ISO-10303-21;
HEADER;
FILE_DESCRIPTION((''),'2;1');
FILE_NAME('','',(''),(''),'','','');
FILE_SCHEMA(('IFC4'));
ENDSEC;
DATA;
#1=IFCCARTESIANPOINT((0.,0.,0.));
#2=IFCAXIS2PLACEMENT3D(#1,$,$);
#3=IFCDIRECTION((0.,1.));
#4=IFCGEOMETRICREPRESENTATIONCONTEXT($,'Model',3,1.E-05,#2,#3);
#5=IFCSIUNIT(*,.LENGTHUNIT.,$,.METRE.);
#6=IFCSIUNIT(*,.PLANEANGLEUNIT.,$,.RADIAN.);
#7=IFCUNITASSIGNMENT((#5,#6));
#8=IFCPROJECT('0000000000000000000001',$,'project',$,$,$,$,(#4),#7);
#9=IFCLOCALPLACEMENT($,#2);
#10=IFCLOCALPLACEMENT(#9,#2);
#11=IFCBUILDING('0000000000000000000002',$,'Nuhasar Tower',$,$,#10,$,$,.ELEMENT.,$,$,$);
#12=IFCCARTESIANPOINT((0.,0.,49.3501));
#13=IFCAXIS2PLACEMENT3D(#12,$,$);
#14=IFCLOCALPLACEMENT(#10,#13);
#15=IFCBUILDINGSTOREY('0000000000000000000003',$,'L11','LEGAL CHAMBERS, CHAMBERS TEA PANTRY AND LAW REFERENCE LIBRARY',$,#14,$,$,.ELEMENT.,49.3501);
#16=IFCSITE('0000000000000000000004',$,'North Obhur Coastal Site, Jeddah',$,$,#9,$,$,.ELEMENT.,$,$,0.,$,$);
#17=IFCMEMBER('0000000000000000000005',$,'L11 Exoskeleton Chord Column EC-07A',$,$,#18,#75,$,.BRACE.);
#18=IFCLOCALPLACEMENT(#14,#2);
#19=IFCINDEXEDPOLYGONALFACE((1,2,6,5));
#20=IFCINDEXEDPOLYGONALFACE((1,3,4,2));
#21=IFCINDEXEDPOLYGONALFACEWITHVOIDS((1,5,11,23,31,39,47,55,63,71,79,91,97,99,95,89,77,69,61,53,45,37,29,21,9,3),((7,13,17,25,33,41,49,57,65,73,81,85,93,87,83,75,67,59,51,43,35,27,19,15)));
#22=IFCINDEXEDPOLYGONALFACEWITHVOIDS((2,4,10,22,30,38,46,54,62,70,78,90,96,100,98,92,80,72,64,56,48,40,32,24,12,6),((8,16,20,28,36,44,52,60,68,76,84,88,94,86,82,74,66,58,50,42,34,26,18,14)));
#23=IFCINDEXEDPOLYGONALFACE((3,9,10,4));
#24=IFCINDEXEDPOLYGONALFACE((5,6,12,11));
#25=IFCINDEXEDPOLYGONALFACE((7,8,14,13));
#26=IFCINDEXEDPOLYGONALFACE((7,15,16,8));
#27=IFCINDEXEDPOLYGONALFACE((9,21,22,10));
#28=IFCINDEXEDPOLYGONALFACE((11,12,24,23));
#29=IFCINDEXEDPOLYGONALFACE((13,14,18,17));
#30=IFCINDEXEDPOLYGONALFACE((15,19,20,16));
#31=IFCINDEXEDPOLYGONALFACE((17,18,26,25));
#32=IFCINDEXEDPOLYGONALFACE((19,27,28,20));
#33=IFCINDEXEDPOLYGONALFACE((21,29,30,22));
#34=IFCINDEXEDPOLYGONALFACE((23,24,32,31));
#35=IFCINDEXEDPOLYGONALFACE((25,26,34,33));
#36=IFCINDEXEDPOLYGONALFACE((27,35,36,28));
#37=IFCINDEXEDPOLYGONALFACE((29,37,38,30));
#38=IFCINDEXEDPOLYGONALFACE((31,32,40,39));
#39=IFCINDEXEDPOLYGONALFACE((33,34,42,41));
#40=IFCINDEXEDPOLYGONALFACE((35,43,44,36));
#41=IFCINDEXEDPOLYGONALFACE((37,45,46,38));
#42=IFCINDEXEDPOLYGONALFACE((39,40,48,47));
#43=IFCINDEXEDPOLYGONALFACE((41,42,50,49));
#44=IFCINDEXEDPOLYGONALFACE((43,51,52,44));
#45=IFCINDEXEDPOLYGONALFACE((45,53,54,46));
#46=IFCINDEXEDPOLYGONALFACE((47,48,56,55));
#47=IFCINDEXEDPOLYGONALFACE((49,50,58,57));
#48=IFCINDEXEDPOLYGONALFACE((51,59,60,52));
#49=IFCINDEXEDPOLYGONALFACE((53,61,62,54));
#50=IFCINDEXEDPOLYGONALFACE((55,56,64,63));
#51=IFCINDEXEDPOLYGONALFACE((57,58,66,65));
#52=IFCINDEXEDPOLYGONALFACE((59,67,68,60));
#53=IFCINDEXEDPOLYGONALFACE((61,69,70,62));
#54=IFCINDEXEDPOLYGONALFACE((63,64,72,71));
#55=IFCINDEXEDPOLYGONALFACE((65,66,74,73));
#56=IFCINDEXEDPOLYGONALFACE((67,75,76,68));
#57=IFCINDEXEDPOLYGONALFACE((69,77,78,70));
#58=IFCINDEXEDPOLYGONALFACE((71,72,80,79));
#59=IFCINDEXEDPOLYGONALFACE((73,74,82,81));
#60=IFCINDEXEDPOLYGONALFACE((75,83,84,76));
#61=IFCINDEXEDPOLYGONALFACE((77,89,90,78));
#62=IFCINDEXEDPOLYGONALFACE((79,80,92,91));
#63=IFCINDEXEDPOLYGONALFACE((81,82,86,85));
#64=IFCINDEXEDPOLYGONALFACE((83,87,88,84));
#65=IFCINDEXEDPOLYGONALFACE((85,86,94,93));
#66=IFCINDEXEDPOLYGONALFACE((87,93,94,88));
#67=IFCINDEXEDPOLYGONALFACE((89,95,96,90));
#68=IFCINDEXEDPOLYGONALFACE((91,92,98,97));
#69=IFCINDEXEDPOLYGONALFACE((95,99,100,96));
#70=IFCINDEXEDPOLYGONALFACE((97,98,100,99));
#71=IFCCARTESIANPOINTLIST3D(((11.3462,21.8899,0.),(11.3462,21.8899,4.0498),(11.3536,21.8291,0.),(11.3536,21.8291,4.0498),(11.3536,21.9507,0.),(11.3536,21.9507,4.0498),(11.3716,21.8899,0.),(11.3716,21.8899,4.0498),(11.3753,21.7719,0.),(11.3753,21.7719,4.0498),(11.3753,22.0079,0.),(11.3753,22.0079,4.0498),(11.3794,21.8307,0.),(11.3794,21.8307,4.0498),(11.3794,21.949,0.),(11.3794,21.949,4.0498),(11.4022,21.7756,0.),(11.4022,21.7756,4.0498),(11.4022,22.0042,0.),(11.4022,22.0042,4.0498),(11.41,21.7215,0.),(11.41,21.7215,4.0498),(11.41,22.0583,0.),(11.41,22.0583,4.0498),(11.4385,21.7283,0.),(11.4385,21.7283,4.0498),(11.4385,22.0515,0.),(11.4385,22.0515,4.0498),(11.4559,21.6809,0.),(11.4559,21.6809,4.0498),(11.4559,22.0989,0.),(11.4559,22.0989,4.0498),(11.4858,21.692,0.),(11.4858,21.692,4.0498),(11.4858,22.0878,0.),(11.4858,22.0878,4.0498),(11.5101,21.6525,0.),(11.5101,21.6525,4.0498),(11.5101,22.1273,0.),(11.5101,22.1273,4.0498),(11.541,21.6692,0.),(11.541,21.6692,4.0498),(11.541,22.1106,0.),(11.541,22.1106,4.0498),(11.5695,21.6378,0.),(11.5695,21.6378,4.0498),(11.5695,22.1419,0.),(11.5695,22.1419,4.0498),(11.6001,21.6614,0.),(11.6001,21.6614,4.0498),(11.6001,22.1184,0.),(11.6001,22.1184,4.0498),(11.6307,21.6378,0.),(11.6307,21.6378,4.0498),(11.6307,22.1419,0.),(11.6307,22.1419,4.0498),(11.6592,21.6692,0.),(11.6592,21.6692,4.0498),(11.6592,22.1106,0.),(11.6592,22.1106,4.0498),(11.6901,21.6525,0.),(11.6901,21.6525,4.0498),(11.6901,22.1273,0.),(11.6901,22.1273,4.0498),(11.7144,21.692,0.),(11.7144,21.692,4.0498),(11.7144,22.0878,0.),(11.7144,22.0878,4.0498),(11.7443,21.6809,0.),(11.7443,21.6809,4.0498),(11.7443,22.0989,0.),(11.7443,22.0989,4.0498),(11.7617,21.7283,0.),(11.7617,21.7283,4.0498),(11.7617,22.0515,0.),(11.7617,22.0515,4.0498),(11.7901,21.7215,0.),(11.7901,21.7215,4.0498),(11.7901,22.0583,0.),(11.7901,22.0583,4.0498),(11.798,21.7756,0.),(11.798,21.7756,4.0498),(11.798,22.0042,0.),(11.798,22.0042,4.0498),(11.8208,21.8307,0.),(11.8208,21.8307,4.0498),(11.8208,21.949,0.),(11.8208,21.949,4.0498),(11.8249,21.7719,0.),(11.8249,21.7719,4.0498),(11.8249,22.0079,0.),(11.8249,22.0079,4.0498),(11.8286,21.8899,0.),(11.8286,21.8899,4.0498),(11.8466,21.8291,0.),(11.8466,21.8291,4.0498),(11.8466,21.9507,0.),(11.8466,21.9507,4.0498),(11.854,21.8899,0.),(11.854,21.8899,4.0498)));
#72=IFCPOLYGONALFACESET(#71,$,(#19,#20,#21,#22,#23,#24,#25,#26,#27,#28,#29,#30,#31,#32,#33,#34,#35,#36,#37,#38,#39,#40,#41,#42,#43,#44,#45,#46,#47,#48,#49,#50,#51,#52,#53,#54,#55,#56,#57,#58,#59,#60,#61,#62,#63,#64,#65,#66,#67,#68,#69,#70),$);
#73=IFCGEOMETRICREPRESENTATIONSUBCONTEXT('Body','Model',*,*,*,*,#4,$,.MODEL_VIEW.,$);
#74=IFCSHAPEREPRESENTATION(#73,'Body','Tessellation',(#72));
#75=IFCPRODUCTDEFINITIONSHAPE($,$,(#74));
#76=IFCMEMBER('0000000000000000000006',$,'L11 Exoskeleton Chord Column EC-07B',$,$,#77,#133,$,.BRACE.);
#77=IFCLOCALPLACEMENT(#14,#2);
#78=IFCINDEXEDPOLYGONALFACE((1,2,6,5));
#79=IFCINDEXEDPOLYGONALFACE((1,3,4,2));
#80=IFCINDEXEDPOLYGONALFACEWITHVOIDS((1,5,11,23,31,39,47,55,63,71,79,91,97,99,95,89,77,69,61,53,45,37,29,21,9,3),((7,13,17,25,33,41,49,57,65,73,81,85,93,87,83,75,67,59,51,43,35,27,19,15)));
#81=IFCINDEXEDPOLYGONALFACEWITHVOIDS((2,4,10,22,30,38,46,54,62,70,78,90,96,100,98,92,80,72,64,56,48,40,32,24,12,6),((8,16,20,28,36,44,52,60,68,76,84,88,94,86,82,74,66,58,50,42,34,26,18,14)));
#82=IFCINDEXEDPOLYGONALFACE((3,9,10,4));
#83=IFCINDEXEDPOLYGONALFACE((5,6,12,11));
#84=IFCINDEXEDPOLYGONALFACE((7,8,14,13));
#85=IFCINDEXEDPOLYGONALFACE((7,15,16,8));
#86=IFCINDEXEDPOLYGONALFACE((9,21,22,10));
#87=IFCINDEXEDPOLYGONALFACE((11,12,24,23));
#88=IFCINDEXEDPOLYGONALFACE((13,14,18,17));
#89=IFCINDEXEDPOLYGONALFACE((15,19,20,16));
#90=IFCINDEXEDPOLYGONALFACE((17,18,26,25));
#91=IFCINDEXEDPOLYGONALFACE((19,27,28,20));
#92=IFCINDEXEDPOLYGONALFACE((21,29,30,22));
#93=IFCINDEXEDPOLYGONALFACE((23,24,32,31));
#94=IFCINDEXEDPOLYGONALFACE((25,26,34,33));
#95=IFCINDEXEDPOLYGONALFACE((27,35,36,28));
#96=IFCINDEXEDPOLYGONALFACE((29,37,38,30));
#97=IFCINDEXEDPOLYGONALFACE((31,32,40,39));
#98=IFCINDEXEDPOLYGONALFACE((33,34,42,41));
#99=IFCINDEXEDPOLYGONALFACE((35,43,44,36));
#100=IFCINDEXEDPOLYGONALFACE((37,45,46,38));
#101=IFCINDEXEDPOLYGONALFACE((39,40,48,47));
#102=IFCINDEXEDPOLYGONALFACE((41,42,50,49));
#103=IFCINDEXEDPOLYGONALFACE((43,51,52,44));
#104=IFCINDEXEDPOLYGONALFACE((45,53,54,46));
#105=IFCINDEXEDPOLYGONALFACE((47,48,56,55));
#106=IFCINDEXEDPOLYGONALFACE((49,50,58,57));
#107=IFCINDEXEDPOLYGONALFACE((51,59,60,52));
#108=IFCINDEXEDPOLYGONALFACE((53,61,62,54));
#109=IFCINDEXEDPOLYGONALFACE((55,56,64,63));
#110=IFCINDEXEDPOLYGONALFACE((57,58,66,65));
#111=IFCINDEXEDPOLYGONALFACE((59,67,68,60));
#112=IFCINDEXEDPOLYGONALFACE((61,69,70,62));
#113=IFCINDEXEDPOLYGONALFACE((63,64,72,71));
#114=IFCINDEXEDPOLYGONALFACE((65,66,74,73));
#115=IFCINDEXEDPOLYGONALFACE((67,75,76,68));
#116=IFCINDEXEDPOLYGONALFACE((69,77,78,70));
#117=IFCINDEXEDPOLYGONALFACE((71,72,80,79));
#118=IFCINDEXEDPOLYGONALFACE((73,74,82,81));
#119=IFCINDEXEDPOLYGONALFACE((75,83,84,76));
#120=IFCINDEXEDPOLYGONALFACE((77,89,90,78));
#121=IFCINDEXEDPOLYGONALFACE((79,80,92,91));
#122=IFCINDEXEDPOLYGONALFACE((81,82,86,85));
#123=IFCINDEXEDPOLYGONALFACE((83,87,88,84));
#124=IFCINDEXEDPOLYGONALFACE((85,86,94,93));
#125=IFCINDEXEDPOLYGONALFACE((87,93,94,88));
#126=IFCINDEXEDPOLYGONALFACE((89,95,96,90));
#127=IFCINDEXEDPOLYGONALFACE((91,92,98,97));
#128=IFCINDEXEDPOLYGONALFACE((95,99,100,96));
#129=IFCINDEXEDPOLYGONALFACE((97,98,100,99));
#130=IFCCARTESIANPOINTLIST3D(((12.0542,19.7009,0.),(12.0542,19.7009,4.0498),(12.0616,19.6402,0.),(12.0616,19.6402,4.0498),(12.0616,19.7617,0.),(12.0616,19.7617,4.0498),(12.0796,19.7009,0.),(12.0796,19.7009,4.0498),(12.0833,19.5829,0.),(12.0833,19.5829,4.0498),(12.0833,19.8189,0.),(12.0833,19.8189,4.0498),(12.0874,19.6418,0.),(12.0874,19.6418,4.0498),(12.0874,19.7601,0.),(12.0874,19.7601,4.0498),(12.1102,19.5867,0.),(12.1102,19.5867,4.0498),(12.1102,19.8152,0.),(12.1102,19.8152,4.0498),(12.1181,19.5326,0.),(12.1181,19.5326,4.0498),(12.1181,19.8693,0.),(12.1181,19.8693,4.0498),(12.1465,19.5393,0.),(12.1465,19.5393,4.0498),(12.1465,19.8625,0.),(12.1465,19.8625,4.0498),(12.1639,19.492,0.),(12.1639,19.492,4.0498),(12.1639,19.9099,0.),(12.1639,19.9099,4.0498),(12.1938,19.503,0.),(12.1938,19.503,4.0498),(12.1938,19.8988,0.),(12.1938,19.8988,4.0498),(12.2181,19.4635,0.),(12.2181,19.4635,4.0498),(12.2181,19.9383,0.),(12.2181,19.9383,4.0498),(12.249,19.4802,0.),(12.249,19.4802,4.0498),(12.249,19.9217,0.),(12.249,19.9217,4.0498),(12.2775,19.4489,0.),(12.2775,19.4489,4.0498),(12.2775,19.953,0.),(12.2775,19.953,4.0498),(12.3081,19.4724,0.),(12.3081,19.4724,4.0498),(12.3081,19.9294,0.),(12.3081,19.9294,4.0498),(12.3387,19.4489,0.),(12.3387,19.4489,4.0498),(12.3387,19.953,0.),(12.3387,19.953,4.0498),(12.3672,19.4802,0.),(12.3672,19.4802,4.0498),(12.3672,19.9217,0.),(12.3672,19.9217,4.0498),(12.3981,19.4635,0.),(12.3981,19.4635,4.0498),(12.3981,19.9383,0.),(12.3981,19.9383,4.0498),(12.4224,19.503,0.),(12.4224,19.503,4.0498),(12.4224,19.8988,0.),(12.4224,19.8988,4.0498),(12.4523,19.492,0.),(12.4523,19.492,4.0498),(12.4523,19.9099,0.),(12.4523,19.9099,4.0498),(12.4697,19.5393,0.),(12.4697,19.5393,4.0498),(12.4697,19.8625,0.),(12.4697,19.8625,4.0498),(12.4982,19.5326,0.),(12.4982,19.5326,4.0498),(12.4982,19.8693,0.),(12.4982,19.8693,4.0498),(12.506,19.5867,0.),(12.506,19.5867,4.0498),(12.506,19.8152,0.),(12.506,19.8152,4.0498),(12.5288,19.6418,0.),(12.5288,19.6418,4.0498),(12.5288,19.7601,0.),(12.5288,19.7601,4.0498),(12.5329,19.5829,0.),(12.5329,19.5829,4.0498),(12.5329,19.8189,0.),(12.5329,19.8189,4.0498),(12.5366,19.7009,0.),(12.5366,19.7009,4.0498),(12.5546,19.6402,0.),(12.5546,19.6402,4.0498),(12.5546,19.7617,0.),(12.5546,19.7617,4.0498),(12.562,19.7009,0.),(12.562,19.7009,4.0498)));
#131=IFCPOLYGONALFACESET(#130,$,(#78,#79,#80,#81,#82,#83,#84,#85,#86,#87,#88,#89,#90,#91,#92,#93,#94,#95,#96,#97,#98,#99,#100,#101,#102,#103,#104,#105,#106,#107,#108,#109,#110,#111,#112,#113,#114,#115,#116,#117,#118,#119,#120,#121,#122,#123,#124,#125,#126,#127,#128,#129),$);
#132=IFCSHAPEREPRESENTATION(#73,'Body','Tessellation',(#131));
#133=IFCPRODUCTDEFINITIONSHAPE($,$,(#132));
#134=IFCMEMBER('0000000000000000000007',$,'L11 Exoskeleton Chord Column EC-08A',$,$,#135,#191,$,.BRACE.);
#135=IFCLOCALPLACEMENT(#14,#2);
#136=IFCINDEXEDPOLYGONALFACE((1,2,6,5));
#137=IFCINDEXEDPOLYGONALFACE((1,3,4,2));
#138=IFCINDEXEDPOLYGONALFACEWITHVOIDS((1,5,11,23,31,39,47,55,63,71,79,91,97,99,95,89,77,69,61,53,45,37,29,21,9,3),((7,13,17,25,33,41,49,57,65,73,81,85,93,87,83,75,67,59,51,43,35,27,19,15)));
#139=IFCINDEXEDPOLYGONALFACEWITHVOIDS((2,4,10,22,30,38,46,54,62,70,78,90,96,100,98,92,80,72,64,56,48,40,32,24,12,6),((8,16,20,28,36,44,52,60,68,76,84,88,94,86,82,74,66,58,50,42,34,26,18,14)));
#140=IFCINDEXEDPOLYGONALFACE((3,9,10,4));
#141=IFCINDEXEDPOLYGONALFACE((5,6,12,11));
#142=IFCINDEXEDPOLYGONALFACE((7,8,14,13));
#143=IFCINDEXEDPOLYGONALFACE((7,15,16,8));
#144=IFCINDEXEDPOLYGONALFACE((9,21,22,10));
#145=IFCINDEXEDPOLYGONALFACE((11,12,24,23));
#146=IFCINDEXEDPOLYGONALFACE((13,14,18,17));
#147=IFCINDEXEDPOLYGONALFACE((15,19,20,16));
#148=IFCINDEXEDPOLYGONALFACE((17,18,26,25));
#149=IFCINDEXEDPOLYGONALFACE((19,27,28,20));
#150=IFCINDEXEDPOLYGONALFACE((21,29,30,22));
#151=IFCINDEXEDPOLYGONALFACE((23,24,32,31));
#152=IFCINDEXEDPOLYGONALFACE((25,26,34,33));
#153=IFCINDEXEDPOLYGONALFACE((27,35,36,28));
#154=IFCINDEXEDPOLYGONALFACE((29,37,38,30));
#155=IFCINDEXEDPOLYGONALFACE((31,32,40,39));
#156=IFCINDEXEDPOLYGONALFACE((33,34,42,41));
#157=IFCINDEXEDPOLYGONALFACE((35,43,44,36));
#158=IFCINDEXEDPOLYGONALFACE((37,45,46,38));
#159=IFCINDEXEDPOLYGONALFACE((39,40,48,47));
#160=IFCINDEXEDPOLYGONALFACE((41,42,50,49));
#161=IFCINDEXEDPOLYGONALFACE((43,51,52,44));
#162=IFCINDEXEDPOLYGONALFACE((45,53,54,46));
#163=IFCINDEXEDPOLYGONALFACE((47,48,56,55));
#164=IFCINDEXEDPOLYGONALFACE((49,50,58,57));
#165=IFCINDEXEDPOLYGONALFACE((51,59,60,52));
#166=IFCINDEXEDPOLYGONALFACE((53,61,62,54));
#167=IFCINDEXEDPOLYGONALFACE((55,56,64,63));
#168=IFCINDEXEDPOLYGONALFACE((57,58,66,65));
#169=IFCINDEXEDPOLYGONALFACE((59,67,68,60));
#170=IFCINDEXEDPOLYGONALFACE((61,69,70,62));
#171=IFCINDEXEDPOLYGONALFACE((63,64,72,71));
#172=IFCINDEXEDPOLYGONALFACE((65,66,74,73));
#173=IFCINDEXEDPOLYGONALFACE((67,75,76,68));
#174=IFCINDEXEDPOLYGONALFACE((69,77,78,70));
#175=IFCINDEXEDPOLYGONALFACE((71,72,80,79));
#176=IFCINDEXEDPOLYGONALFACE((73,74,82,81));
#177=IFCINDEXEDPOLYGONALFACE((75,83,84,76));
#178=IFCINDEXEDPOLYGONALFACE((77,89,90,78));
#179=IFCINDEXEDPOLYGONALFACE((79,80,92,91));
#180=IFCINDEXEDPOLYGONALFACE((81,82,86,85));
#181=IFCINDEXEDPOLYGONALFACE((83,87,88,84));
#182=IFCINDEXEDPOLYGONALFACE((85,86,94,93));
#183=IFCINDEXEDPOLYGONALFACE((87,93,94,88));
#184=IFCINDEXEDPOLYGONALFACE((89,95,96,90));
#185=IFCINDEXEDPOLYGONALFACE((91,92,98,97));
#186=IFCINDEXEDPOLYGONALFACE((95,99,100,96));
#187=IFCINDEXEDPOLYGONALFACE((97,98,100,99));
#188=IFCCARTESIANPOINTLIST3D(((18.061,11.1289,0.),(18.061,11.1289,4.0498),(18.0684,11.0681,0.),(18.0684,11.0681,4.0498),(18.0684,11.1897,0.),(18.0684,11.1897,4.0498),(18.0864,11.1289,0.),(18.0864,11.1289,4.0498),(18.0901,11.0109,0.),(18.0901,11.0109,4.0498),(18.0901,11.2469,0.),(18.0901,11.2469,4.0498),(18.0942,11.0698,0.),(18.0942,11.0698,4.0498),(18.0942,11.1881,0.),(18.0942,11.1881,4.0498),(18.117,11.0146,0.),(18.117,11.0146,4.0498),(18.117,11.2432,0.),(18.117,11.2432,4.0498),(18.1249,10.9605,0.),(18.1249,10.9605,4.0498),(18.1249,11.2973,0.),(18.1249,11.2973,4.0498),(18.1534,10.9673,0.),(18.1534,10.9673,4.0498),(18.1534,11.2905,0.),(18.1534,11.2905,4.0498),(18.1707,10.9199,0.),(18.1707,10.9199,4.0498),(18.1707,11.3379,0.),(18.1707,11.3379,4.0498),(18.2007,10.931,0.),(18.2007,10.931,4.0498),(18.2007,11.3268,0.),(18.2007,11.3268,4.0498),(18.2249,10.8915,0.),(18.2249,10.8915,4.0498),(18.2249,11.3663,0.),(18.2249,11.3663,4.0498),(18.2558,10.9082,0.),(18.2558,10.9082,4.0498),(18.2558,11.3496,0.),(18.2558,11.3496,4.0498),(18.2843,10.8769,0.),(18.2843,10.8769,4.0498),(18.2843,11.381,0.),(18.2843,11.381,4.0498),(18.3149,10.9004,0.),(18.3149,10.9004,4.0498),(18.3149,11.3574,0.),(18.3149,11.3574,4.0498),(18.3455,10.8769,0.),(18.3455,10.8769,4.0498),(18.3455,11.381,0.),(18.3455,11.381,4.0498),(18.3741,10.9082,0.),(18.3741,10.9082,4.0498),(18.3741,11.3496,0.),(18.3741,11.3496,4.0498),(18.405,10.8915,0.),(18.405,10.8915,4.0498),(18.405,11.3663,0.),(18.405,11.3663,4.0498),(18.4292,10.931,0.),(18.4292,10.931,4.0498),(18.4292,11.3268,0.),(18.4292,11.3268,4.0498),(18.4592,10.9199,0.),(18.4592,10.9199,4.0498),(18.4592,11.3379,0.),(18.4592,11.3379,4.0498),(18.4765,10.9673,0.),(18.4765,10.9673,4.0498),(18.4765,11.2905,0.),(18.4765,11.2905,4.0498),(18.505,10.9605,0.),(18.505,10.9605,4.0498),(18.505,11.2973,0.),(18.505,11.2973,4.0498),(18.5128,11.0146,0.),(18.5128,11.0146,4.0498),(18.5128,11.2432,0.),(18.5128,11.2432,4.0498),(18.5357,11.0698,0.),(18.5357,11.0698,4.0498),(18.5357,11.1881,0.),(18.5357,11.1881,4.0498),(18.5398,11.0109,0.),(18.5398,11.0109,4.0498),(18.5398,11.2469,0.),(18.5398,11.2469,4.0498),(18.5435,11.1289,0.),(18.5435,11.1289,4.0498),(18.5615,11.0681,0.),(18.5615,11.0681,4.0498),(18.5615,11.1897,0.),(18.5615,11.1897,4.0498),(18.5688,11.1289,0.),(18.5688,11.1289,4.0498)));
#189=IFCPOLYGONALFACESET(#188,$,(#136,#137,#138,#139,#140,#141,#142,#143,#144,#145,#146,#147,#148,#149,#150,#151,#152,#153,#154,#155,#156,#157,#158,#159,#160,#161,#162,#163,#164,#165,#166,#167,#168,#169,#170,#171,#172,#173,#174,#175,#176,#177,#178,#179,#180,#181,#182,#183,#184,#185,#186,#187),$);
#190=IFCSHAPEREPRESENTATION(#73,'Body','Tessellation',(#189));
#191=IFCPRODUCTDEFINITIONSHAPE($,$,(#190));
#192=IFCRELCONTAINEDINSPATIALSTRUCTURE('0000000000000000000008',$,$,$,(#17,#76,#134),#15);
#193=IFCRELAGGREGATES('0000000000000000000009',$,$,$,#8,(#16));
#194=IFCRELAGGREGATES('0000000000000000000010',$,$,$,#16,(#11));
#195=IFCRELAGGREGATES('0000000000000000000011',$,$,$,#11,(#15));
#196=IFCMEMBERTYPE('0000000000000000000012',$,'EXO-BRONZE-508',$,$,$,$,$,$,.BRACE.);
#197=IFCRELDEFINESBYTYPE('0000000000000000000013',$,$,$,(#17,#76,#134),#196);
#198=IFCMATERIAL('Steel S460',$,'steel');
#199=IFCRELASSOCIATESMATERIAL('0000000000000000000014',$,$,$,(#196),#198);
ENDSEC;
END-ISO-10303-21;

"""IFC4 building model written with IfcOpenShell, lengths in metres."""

from ifc_helpers import new_model, si_unit, direction, frame, origin, origin_2d, place, context, subcontext, project, spatial, hollow_circle, extrude, material, material_profile, profile_set, type_object, element, save


model = new_model("IFC4")

# Units and contexts
model_context = context("Model", 3, precision=1e-05, world=origin(), true_north=direction((0.0, 1.0)))
body_context = subcontext(model_context, "Body", "Model", "MODEL_VIEW")
ifc_project = project(units=[si_unit("LENGTHUNIT", "METRE"), si_unit("PLANEANGLEUNIT", "RADIAN")], contexts=[model_context])

# Site, building, storey
site_placement = place(None, origin())
site = spatial("IfcSite", under=ifc_project, at=site_placement, Name="North Obhur Coastal Site, Jeddah", CompositionType="ELEMENT", RefElevation=0.0)
building_placement = place(site_placement, origin())
building = spatial("IfcBuilding", under=site, at=building_placement, Name="Nuhasar Tower", CompositionType="ELEMENT")
storey_placement = place(building_placement, frame((0.0, 0.0, 49.3501)))
storey = spatial("IfcBuildingStorey", under=building, at=storey_placement, Name="L11", Description="LEGAL CHAMBERS, CHAMBERS TEA PANTRY AND LAW REFERENCE LIBRARY", CompositionType="ELEMENT", Elevation=49.3501)

# Members
ifc_material_1 = material(Name="Steel S460", Category="steel")
ifc_material_profile_1 = material_profile(ifc_material_1, hollow_circle(Radius=0.2539, WallThickness=0.0254, at=origin_2d()), Name="HSS508X25.4")
ifc_profile_set_1 = profile_set([ifc_material_profile_1], Name="Steel S460")
member_type_1 = type_object("IfcMemberType", Name="EXO-BRONZE-508", PredefinedType="BRACE", material=ifc_profile_set_1)
for number, where, z_axis, x_axis, name in (
    (1, (11.6001, 21.8899, 0.0), (0.0, 0.0, 1.0), (1.0, 0.0, 0.0), "L11 Exoskeleton Chord Column EC-07A"),
    (2, (12.3081, 19.7009, 0.0), (0.0, 0.0, 1.0), (1.0, 0.0, 0.0), "L11 Exoskeleton Chord Column EC-07B"),
    (3, (18.3149, 11.1289, 0.0), (0.0, 0.0, 1.0), (1.0, 0.0, 0.0), "L11 Exoskeleton Chord Column EC-08A"),
):
    element("IfcMember", number, at=place(storey_placement, frame(where, z_axis=z_axis, x_axis=x_axis)), inside=storey, type_object=member_type_1, Name=name, PredefinedType="BRACE", context=body_context, shape_type="SweptSolid", body=[
        extrude(hollow_circle(Radius=0.2539, WallThickness=0.0254, at=origin_2d()), origin(), (0.0, 0.0, 1.0), 4.0498),
    ])

save(model, "model.ifc")
